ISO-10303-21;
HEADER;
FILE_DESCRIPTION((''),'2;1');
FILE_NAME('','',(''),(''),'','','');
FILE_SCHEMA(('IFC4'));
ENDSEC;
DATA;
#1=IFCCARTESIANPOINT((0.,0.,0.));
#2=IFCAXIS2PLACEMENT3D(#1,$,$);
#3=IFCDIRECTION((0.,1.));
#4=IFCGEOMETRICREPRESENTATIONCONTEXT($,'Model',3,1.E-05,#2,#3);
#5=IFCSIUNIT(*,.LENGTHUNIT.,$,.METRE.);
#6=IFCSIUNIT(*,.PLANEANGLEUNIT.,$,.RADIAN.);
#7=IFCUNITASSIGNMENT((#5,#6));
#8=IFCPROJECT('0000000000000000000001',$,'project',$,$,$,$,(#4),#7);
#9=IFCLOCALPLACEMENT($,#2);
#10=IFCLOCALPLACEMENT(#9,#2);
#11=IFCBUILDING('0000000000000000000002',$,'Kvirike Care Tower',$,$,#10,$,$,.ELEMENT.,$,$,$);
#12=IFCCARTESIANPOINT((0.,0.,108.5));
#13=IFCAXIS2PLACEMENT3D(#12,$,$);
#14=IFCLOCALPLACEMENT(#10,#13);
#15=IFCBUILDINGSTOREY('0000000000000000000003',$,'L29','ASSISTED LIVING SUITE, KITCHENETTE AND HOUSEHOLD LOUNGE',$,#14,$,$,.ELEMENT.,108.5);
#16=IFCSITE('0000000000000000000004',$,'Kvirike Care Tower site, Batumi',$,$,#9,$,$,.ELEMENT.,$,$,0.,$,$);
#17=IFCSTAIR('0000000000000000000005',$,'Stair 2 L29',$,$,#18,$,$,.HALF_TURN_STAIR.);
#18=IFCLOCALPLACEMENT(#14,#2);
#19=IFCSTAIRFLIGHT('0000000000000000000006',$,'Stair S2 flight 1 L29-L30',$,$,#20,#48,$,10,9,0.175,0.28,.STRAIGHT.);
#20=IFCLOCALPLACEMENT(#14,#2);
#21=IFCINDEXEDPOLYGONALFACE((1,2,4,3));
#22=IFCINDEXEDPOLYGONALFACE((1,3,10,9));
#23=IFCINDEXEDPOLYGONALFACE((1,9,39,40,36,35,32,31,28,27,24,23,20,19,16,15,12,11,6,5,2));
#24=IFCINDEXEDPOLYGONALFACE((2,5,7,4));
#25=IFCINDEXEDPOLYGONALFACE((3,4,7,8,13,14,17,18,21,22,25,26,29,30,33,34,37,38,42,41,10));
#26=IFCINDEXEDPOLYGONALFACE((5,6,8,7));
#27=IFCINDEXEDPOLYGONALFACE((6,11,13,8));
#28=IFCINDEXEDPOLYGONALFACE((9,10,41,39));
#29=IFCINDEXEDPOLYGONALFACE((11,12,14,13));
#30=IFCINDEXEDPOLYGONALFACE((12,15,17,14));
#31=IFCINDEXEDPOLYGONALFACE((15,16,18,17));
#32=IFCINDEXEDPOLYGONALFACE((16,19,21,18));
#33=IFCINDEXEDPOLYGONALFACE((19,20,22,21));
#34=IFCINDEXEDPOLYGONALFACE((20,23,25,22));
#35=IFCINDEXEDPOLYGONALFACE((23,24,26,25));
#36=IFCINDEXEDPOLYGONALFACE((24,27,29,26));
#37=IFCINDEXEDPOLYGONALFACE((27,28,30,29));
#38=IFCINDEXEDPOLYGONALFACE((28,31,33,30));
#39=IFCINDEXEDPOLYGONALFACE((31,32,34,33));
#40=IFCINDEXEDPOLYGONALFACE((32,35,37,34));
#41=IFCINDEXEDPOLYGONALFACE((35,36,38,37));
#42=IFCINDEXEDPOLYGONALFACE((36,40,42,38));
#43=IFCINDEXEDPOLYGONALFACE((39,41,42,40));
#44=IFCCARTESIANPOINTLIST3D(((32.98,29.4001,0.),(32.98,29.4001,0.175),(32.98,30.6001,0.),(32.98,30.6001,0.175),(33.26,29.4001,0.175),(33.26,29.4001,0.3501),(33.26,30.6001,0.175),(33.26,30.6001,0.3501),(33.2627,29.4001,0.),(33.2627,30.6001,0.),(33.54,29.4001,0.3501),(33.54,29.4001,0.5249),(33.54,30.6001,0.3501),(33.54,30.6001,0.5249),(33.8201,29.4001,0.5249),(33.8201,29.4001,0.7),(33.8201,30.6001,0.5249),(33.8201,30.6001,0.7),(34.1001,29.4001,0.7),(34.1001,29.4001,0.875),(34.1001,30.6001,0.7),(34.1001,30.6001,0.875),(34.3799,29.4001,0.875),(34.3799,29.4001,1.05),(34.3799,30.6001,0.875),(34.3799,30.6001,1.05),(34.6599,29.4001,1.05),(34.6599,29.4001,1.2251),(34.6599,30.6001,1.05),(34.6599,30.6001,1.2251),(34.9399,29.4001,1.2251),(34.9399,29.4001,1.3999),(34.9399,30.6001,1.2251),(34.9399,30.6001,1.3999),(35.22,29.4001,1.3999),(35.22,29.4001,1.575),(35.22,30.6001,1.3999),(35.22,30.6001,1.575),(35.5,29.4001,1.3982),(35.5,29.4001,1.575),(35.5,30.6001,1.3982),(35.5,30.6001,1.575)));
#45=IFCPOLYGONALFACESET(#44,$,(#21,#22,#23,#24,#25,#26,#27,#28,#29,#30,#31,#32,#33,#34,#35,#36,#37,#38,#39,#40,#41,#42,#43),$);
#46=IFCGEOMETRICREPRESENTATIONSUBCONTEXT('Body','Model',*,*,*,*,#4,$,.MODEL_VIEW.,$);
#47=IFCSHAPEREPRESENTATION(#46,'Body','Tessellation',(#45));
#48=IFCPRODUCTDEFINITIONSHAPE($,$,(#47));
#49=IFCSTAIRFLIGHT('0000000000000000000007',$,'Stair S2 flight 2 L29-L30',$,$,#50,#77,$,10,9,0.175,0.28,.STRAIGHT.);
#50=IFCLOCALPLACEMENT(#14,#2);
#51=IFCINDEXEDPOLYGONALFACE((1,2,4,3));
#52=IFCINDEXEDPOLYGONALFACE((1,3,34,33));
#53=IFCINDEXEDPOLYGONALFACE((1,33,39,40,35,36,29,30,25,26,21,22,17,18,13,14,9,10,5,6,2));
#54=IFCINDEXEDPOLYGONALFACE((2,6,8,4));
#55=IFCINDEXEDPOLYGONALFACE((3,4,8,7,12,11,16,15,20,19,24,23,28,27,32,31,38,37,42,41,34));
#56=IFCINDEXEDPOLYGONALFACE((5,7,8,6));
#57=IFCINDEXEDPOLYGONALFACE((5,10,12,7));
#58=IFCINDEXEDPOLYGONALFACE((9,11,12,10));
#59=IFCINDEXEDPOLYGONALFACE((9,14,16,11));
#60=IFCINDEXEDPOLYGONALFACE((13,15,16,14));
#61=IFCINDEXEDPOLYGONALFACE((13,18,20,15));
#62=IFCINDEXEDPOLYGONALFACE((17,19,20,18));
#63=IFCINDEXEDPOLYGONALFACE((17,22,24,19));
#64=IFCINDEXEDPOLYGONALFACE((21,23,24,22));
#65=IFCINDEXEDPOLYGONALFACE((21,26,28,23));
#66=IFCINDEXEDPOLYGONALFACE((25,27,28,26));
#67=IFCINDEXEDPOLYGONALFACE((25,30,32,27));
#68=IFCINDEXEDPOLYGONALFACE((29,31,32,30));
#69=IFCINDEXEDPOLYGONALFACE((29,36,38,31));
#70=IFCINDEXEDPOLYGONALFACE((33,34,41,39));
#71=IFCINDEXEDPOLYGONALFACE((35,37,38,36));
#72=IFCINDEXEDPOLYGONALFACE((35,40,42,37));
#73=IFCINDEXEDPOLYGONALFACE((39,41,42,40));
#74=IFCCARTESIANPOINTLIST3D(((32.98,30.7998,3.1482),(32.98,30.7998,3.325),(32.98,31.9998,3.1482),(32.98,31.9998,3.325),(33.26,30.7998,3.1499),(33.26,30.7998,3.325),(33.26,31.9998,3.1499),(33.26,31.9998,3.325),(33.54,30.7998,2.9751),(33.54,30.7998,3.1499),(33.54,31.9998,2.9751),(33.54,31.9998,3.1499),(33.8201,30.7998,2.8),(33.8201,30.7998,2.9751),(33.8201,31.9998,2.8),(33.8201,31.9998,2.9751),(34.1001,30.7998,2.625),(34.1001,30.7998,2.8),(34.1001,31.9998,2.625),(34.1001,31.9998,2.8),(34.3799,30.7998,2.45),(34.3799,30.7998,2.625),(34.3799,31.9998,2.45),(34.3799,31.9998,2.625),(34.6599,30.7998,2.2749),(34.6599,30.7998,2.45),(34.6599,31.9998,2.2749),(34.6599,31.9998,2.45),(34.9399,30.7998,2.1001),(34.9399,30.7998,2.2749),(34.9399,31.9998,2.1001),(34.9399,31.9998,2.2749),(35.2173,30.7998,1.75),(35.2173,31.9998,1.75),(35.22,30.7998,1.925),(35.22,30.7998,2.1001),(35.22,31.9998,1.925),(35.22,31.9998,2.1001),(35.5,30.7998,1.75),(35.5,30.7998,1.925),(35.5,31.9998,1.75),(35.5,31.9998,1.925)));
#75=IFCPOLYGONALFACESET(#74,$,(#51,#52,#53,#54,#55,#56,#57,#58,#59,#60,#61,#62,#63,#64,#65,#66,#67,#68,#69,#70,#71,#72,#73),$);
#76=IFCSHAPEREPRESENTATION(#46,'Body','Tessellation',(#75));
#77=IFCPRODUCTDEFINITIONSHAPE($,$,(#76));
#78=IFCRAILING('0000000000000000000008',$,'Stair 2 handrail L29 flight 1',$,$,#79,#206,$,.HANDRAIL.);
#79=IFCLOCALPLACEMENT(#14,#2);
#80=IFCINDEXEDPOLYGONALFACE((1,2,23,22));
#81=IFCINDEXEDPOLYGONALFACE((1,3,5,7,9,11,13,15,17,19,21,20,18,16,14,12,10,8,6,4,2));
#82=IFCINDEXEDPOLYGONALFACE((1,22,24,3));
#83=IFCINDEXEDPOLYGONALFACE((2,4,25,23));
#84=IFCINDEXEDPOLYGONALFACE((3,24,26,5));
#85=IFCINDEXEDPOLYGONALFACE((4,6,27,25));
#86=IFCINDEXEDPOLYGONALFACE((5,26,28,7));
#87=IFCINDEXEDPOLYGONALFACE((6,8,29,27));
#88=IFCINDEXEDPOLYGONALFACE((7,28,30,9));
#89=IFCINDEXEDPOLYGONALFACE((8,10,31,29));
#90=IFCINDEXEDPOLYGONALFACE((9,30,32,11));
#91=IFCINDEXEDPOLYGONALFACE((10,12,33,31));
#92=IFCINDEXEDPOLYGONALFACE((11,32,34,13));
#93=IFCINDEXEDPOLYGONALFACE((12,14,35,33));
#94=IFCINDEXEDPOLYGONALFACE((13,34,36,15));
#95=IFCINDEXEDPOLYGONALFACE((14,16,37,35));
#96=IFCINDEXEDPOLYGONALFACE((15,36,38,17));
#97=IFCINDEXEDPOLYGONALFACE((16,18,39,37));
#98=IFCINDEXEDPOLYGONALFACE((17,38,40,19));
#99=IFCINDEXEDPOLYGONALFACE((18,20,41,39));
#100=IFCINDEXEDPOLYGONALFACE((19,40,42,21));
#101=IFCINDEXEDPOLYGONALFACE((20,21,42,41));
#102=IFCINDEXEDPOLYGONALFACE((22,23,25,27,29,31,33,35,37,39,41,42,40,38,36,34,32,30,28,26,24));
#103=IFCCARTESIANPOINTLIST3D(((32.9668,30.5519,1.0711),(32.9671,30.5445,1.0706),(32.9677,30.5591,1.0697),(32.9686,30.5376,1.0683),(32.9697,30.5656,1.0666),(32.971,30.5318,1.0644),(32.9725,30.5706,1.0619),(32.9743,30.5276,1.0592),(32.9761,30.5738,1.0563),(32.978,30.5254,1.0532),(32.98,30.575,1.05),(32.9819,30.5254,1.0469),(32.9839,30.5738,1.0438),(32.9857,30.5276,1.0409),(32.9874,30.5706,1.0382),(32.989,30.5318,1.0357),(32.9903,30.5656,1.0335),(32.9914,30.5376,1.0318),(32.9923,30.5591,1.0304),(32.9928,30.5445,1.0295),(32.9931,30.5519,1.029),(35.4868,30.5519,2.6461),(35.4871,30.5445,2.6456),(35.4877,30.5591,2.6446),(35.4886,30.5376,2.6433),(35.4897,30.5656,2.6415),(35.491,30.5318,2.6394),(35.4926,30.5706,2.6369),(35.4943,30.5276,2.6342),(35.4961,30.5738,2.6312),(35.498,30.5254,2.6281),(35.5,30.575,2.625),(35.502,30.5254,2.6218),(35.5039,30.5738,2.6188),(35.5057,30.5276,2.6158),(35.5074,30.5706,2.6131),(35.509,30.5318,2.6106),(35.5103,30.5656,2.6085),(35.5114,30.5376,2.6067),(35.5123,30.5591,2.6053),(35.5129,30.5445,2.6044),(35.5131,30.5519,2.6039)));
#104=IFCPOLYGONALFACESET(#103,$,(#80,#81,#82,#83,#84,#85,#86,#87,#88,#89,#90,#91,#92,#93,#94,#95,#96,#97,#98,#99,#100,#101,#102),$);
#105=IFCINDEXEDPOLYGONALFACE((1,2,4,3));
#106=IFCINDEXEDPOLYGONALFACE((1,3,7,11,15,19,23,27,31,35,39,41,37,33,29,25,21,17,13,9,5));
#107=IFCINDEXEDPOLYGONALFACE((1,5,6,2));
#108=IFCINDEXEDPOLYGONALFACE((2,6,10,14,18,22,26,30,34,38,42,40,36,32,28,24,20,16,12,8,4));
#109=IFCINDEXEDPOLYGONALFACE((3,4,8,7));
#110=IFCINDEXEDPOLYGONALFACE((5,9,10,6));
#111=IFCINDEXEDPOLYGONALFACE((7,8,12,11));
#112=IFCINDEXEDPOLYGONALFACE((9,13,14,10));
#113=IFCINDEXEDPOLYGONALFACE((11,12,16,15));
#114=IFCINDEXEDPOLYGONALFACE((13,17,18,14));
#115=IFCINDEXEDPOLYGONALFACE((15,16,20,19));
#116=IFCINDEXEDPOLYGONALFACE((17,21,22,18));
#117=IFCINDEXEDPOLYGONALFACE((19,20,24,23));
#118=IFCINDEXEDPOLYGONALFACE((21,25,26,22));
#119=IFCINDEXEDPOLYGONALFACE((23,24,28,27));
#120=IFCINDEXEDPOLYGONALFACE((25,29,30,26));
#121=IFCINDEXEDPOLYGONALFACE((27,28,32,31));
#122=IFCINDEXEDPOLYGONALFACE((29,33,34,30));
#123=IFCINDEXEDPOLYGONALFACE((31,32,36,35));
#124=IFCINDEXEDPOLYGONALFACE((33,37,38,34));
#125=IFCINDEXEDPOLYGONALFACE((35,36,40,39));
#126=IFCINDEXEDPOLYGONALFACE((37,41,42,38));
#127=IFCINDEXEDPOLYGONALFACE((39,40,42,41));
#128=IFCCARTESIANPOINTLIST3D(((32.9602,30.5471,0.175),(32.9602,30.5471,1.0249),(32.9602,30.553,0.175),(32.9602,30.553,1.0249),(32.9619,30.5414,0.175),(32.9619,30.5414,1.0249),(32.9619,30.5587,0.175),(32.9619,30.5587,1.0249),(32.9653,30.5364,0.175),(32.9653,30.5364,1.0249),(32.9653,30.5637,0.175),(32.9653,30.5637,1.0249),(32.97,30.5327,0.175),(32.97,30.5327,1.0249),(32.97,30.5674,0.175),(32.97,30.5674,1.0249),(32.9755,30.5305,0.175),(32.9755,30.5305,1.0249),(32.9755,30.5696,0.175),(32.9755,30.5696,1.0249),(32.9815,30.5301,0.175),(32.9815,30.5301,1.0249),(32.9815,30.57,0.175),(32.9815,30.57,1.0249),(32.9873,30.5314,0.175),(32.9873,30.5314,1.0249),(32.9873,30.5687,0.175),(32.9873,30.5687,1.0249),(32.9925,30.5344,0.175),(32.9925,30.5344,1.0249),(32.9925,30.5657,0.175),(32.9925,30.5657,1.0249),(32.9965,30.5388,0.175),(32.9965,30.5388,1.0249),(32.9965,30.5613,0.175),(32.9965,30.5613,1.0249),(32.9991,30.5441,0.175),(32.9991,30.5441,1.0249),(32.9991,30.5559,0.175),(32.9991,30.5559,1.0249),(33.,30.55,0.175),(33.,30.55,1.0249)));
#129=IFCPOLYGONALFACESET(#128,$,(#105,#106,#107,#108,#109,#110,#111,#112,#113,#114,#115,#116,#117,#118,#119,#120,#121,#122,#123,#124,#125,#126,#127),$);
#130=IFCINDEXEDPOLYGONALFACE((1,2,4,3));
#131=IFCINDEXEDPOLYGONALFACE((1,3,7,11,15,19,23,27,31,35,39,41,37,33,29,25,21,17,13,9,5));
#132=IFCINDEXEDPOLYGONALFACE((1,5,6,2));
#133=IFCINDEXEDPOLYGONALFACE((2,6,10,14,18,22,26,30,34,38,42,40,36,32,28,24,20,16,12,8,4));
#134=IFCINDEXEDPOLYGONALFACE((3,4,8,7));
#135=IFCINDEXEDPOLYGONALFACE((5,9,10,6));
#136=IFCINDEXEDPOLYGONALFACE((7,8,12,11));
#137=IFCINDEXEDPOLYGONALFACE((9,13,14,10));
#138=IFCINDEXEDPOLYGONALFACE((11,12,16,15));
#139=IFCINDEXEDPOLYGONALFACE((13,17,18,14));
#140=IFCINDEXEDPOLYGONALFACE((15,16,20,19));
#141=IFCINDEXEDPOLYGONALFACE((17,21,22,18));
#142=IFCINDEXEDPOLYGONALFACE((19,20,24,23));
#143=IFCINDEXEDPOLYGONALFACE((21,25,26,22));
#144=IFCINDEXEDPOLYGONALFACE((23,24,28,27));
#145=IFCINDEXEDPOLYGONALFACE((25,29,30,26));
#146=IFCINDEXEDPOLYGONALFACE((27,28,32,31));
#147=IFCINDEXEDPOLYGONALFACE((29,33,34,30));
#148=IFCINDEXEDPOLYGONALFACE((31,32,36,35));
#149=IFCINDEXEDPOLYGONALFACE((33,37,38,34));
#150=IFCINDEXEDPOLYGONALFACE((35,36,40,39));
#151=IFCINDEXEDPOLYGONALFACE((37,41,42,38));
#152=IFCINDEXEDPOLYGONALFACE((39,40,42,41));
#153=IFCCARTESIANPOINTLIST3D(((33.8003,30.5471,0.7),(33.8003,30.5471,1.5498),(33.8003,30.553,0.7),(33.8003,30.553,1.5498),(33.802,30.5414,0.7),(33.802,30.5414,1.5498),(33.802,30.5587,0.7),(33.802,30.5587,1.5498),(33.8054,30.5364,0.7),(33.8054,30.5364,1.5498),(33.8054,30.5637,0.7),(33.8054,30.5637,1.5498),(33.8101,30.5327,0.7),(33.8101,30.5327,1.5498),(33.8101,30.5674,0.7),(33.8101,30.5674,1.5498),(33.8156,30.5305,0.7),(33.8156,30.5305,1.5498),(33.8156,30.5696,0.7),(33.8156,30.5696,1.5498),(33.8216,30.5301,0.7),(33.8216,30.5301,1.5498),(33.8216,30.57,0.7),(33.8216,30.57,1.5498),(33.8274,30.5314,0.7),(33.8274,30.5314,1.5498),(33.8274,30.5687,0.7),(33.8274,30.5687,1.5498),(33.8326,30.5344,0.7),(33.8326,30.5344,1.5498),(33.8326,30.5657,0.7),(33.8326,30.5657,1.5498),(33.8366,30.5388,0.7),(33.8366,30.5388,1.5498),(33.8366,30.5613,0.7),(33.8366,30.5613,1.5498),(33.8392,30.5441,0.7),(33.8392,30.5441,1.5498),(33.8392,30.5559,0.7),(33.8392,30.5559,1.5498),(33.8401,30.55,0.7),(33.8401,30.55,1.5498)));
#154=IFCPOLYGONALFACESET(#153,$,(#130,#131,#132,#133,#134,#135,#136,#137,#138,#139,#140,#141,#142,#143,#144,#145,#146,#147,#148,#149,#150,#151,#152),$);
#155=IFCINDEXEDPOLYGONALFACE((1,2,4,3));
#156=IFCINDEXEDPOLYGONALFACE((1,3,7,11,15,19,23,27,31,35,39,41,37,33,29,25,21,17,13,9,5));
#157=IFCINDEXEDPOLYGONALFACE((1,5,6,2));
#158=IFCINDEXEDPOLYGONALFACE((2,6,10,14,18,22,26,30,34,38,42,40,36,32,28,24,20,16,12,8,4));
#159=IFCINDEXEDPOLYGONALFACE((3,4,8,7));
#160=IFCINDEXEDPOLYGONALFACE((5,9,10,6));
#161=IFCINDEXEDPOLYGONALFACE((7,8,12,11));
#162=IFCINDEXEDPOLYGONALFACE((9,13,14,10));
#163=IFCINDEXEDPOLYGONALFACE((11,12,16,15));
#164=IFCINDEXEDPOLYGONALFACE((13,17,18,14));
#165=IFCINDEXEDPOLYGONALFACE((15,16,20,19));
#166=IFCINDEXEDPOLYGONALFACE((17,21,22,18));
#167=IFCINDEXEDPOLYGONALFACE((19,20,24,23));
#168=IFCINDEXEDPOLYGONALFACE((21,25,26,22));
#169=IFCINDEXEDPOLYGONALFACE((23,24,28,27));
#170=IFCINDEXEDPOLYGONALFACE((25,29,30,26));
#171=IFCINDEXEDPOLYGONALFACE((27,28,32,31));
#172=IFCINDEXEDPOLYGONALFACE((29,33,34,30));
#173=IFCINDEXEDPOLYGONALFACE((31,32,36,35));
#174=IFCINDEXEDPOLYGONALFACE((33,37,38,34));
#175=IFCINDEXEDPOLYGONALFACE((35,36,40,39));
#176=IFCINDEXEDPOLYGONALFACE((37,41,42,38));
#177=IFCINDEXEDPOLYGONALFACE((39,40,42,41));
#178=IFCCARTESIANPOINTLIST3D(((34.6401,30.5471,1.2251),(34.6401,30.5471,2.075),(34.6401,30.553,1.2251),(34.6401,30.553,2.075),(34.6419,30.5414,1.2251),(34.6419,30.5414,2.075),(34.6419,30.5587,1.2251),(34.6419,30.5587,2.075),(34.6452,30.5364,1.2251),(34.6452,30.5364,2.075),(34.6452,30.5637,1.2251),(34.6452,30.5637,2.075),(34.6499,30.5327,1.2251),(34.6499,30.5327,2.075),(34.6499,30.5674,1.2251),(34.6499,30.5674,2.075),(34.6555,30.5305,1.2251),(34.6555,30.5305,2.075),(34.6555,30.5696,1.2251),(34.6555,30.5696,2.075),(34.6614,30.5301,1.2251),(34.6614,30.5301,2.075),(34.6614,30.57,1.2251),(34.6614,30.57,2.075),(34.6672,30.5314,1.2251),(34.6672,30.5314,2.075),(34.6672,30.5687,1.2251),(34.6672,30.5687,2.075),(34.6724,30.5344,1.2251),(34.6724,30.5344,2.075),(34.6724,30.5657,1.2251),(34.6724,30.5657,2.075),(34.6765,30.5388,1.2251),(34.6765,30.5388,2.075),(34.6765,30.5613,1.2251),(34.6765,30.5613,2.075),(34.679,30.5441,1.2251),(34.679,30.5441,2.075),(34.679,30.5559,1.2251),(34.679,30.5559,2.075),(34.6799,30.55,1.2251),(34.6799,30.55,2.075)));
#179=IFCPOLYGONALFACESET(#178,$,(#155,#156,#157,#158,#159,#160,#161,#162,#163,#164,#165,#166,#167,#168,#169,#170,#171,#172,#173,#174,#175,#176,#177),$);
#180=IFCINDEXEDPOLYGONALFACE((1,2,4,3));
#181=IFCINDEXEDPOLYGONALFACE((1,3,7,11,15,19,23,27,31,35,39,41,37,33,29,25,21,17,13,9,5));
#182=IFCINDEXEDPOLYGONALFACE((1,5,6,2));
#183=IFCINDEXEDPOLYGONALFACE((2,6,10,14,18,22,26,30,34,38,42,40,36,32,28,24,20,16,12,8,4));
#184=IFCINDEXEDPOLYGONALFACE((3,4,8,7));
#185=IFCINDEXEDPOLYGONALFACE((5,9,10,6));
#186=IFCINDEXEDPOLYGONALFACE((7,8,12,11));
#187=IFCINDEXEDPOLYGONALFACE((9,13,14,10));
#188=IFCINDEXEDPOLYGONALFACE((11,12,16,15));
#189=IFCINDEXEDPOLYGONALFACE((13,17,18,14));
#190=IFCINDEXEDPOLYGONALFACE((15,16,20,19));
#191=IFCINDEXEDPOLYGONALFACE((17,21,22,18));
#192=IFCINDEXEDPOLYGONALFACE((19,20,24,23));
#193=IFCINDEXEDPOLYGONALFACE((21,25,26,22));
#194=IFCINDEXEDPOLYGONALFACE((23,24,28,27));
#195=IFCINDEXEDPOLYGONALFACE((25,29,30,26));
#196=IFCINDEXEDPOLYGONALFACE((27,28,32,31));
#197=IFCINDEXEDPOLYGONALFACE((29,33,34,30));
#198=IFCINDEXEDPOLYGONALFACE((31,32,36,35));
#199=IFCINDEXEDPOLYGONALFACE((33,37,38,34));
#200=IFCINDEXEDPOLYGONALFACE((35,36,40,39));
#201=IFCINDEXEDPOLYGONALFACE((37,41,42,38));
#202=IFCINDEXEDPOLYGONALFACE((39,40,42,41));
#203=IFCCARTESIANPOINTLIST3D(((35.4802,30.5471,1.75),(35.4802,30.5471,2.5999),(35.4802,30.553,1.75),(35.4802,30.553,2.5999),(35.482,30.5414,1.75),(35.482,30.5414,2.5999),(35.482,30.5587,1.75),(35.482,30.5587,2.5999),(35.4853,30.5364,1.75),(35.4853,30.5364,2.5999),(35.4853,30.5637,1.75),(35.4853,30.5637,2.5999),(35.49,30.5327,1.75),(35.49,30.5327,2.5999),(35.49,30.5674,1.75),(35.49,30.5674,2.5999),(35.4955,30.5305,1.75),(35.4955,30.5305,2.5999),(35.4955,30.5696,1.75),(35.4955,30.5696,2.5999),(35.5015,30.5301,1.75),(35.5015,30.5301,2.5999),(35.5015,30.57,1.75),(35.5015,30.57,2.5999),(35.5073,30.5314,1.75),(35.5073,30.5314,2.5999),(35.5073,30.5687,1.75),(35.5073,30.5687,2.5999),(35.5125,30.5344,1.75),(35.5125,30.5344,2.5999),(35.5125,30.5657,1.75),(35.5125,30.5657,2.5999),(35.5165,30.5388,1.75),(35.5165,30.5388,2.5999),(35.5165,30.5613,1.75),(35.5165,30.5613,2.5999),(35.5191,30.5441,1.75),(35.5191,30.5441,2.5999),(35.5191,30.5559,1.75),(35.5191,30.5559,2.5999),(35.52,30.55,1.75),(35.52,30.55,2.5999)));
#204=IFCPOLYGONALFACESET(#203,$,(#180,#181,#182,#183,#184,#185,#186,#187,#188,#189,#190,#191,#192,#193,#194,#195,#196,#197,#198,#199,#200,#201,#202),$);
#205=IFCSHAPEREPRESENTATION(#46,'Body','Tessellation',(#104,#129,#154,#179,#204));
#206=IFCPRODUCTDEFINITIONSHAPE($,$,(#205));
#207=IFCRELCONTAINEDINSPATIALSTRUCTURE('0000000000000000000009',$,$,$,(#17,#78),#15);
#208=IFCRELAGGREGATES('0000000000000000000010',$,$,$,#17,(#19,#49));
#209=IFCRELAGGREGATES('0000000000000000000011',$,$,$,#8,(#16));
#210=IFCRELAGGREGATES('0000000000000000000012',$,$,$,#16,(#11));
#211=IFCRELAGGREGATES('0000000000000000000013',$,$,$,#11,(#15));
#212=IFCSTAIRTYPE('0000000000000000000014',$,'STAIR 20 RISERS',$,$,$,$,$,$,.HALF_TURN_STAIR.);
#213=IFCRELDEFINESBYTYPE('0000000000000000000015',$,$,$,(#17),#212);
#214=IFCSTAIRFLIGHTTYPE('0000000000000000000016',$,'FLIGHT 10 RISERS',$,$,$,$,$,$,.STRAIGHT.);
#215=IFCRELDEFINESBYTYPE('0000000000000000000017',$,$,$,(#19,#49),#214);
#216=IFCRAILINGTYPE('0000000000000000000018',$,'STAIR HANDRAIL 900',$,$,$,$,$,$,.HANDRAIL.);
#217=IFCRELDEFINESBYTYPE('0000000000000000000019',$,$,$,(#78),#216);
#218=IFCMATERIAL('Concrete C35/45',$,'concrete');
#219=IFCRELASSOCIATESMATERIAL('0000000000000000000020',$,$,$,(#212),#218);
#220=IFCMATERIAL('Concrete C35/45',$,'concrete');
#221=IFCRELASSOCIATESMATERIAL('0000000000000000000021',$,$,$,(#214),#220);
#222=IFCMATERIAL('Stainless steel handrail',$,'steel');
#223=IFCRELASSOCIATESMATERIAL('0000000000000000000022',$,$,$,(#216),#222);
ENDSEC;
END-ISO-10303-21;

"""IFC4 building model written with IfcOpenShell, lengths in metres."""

from ifc_helpers import new_model, si_unit, direction, frame, origin, origin_2d, place, context, subcontext, project, spatial, polyline, circle, outline, extrude, material, type_object, element, aggregate, save


model = new_model("IFC4")

# Units and contexts
model_context = context("Model", 3, precision=1e-05, world=origin(), true_north=direction((0.0, 1.0)))
body_context = subcontext(model_context, "Body", "Model", "MODEL_VIEW")
ifc_project = project(units=[si_unit("LENGTHUNIT", "METRE"), si_unit("PLANEANGLEUNIT", "RADIAN")], contexts=[model_context])

# Site, building, storey
site_placement = place(None, origin())
site = spatial("IfcSite", under=ifc_project, at=site_placement, Name="Kvirike Care Tower site, Batumi", CompositionType="ELEMENT", RefElevation=0.0)
building_placement = place(site_placement, origin())
building = spatial("IfcBuilding", under=site, at=building_placement, Name="Kvirike Care Tower", CompositionType="ELEMENT")
storey_placement = place(building_placement, frame((0.0, 0.0, 108.5)))
storey = spatial("IfcBuildingStorey", under=building, at=storey_placement, Name="L29", Description="ASSISTED LIVING SUITE, KITCHENETTE AND HOUSEHOLD LOUNGE", CompositionType="ELEMENT", Elevation=108.5)

# Stair, stair flights
ifc_material_1 = material(Name="Concrete C35/45", Category="concrete")
stair_type = type_object("IfcStairType", Name="STAIR 20 RISERS", PredefinedType="HALF_TURN_STAIR", material=ifc_material_1)
stair_placement = place(storey_placement, origin())
stair = element("IfcStair", 1, at=stair_placement, inside=storey, type_object=stair_type, Name="Stair 2 L29", PredefinedType="HALF_TURN_STAIR")
ifc_material_2 = material(Name="Concrete C35/45", Category="concrete")
stair_flight_type = type_object("IfcStairFlightType", Name="FLIGHT 10 RISERS", PredefinedType="STRAIGHT", material=ifc_material_2)
stair_flight_1_placement = place(storey_placement, frame((32.98, 30.0, 0.0), z_axis=(0.0, 0.0, 1.0), x_axis=(1.0, 0.0, 0.0)))
stair_flight_1 = element("IfcStairFlight", 2, at=stair_flight_1_placement, type_object=stair_flight_type, Name="Stair S2 flight 1 L29-L30", NumberOfRisers=10, NumberOfTreads=9, PredefinedType="STRAIGHT", RiserHeight=0.175, TreadLength=0.28, context=body_context, shape_type="SweptSolid", body=[
    extrude(outline(polyline([(0.0, 0.0), (0.0, 0.175), (0.28, 0.175), (0.28, 0.3501), (0.5601, 0.3501), (0.5601, 0.5249), (0.8401, 0.5249), (0.8401, 0.7), (1.1201, 0.7), (1.1201, 0.875), (1.3999, 0.875), (1.3999, 1.05), (1.6799, 1.05), (1.6799, 1.2251), (1.96, 1.2251), (1.96, 1.3999), (2.24, 1.3999), (2.24, 1.575), (2.52, 1.575), (2.52, 1.75), (2.52, 1.3982), (0.2827, 0.0), (0.0, 0.0)])), frame((0.0, 0.6001, 0.0), z_axis=(0.0, -1.0, 0.0), x_axis=(1.0, 0.0, 0.0)), (0.0, 0.0, 1.0), 1.2),
])
stair_flight_2_placement = place(storey_placement, frame((35.5, 31.3999, 1.75), z_axis=(0.0, 0.0, 1.0), x_axis=(-1.0, 0.0, 0.0)))
stair_flight_2 = element("IfcStairFlight", 3, at=stair_flight_2_placement, type_object=stair_flight_type, Name="Stair S2 flight 2 L29-L30", NumberOfRisers=10, NumberOfTreads=9, PredefinedType="STRAIGHT", RiserHeight=0.175, TreadLength=0.28, context=body_context, shape_type="SweptSolid", body=[
    extrude(outline(polyline([(0.0, 0.0), (0.0, 0.175), (0.28, 0.175), (0.28, 0.3501), (0.5601, 0.3501), (0.5601, 0.5249), (0.8401, 0.5249), (0.8401, 0.7), (1.1201, 0.7), (1.1201, 0.875), (1.3999, 0.875), (1.3999, 1.05), (1.6799, 1.05), (1.6799, 1.2251), (1.96, 1.2251), (1.96, 1.3999), (2.24, 1.3999), (2.24, 1.575), (2.52, 1.575), (2.52, 1.75), (2.52, 1.3982), (0.2827, 0.0), (0.0, 0.0)])), frame((0.0, 0.6001, 0.0), z_axis=(0.0, -1.0, 0.0), x_axis=(1.0, 0.0, 0.0)), (0.0, 0.0, 1.0), 1.2),
])
aggregate(stair, [stair_flight_1, stair_flight_2])

# Railing
ifc_material_3 = material(Name="Stainless steel handrail", Category="steel")
railing_type = type_object("IfcRailingType", Name="STAIR HANDRAIL 900", PredefinedType="HANDRAIL", material=ifc_material_3)
railing_1_placement = place(storey_placement, frame((32.98, 30.55, 0.175)))
element("IfcRailing", 4, at=railing_1_placement, inside=storey, type_object=railing_type, Name="Stair 2 handrail L29 flight 1", PredefinedType="HANDRAIL", context=body_context, shape_type="SweptSolid", body=[
    extrude(circle(Radius=0.0249, at=origin_2d()), frame((0.0, 0.0, 0.875), z_axis=(0.848008, 0.0, 0.529984), x_axis=(0.0, 1.0, 0.0)), (0.0, 0.0, 1.0), 2.9717),
    extrude(circle(Radius=0.02, at=origin_2d()), origin(), (0.0, 0.0, 1.0), 0.8499),
    extrude(circle(Radius=0.02, at=origin_2d()), frame((0.8401, 0.0, 0.5249)), (0.0, 0.0, 1.0), 0.8499),
    extrude(circle(Radius=0.02, at=origin_2d()), frame((1.6799, 0.0, 1.05)), (0.0, 0.0, 1.0), 0.8499),
    extrude(circle(Radius=0.02, at=origin_2d()), frame((2.52, 0.0, 1.575)), (0.0, 0.0, 1.0), 0.8499),
])

save(model, "model.ifc")
